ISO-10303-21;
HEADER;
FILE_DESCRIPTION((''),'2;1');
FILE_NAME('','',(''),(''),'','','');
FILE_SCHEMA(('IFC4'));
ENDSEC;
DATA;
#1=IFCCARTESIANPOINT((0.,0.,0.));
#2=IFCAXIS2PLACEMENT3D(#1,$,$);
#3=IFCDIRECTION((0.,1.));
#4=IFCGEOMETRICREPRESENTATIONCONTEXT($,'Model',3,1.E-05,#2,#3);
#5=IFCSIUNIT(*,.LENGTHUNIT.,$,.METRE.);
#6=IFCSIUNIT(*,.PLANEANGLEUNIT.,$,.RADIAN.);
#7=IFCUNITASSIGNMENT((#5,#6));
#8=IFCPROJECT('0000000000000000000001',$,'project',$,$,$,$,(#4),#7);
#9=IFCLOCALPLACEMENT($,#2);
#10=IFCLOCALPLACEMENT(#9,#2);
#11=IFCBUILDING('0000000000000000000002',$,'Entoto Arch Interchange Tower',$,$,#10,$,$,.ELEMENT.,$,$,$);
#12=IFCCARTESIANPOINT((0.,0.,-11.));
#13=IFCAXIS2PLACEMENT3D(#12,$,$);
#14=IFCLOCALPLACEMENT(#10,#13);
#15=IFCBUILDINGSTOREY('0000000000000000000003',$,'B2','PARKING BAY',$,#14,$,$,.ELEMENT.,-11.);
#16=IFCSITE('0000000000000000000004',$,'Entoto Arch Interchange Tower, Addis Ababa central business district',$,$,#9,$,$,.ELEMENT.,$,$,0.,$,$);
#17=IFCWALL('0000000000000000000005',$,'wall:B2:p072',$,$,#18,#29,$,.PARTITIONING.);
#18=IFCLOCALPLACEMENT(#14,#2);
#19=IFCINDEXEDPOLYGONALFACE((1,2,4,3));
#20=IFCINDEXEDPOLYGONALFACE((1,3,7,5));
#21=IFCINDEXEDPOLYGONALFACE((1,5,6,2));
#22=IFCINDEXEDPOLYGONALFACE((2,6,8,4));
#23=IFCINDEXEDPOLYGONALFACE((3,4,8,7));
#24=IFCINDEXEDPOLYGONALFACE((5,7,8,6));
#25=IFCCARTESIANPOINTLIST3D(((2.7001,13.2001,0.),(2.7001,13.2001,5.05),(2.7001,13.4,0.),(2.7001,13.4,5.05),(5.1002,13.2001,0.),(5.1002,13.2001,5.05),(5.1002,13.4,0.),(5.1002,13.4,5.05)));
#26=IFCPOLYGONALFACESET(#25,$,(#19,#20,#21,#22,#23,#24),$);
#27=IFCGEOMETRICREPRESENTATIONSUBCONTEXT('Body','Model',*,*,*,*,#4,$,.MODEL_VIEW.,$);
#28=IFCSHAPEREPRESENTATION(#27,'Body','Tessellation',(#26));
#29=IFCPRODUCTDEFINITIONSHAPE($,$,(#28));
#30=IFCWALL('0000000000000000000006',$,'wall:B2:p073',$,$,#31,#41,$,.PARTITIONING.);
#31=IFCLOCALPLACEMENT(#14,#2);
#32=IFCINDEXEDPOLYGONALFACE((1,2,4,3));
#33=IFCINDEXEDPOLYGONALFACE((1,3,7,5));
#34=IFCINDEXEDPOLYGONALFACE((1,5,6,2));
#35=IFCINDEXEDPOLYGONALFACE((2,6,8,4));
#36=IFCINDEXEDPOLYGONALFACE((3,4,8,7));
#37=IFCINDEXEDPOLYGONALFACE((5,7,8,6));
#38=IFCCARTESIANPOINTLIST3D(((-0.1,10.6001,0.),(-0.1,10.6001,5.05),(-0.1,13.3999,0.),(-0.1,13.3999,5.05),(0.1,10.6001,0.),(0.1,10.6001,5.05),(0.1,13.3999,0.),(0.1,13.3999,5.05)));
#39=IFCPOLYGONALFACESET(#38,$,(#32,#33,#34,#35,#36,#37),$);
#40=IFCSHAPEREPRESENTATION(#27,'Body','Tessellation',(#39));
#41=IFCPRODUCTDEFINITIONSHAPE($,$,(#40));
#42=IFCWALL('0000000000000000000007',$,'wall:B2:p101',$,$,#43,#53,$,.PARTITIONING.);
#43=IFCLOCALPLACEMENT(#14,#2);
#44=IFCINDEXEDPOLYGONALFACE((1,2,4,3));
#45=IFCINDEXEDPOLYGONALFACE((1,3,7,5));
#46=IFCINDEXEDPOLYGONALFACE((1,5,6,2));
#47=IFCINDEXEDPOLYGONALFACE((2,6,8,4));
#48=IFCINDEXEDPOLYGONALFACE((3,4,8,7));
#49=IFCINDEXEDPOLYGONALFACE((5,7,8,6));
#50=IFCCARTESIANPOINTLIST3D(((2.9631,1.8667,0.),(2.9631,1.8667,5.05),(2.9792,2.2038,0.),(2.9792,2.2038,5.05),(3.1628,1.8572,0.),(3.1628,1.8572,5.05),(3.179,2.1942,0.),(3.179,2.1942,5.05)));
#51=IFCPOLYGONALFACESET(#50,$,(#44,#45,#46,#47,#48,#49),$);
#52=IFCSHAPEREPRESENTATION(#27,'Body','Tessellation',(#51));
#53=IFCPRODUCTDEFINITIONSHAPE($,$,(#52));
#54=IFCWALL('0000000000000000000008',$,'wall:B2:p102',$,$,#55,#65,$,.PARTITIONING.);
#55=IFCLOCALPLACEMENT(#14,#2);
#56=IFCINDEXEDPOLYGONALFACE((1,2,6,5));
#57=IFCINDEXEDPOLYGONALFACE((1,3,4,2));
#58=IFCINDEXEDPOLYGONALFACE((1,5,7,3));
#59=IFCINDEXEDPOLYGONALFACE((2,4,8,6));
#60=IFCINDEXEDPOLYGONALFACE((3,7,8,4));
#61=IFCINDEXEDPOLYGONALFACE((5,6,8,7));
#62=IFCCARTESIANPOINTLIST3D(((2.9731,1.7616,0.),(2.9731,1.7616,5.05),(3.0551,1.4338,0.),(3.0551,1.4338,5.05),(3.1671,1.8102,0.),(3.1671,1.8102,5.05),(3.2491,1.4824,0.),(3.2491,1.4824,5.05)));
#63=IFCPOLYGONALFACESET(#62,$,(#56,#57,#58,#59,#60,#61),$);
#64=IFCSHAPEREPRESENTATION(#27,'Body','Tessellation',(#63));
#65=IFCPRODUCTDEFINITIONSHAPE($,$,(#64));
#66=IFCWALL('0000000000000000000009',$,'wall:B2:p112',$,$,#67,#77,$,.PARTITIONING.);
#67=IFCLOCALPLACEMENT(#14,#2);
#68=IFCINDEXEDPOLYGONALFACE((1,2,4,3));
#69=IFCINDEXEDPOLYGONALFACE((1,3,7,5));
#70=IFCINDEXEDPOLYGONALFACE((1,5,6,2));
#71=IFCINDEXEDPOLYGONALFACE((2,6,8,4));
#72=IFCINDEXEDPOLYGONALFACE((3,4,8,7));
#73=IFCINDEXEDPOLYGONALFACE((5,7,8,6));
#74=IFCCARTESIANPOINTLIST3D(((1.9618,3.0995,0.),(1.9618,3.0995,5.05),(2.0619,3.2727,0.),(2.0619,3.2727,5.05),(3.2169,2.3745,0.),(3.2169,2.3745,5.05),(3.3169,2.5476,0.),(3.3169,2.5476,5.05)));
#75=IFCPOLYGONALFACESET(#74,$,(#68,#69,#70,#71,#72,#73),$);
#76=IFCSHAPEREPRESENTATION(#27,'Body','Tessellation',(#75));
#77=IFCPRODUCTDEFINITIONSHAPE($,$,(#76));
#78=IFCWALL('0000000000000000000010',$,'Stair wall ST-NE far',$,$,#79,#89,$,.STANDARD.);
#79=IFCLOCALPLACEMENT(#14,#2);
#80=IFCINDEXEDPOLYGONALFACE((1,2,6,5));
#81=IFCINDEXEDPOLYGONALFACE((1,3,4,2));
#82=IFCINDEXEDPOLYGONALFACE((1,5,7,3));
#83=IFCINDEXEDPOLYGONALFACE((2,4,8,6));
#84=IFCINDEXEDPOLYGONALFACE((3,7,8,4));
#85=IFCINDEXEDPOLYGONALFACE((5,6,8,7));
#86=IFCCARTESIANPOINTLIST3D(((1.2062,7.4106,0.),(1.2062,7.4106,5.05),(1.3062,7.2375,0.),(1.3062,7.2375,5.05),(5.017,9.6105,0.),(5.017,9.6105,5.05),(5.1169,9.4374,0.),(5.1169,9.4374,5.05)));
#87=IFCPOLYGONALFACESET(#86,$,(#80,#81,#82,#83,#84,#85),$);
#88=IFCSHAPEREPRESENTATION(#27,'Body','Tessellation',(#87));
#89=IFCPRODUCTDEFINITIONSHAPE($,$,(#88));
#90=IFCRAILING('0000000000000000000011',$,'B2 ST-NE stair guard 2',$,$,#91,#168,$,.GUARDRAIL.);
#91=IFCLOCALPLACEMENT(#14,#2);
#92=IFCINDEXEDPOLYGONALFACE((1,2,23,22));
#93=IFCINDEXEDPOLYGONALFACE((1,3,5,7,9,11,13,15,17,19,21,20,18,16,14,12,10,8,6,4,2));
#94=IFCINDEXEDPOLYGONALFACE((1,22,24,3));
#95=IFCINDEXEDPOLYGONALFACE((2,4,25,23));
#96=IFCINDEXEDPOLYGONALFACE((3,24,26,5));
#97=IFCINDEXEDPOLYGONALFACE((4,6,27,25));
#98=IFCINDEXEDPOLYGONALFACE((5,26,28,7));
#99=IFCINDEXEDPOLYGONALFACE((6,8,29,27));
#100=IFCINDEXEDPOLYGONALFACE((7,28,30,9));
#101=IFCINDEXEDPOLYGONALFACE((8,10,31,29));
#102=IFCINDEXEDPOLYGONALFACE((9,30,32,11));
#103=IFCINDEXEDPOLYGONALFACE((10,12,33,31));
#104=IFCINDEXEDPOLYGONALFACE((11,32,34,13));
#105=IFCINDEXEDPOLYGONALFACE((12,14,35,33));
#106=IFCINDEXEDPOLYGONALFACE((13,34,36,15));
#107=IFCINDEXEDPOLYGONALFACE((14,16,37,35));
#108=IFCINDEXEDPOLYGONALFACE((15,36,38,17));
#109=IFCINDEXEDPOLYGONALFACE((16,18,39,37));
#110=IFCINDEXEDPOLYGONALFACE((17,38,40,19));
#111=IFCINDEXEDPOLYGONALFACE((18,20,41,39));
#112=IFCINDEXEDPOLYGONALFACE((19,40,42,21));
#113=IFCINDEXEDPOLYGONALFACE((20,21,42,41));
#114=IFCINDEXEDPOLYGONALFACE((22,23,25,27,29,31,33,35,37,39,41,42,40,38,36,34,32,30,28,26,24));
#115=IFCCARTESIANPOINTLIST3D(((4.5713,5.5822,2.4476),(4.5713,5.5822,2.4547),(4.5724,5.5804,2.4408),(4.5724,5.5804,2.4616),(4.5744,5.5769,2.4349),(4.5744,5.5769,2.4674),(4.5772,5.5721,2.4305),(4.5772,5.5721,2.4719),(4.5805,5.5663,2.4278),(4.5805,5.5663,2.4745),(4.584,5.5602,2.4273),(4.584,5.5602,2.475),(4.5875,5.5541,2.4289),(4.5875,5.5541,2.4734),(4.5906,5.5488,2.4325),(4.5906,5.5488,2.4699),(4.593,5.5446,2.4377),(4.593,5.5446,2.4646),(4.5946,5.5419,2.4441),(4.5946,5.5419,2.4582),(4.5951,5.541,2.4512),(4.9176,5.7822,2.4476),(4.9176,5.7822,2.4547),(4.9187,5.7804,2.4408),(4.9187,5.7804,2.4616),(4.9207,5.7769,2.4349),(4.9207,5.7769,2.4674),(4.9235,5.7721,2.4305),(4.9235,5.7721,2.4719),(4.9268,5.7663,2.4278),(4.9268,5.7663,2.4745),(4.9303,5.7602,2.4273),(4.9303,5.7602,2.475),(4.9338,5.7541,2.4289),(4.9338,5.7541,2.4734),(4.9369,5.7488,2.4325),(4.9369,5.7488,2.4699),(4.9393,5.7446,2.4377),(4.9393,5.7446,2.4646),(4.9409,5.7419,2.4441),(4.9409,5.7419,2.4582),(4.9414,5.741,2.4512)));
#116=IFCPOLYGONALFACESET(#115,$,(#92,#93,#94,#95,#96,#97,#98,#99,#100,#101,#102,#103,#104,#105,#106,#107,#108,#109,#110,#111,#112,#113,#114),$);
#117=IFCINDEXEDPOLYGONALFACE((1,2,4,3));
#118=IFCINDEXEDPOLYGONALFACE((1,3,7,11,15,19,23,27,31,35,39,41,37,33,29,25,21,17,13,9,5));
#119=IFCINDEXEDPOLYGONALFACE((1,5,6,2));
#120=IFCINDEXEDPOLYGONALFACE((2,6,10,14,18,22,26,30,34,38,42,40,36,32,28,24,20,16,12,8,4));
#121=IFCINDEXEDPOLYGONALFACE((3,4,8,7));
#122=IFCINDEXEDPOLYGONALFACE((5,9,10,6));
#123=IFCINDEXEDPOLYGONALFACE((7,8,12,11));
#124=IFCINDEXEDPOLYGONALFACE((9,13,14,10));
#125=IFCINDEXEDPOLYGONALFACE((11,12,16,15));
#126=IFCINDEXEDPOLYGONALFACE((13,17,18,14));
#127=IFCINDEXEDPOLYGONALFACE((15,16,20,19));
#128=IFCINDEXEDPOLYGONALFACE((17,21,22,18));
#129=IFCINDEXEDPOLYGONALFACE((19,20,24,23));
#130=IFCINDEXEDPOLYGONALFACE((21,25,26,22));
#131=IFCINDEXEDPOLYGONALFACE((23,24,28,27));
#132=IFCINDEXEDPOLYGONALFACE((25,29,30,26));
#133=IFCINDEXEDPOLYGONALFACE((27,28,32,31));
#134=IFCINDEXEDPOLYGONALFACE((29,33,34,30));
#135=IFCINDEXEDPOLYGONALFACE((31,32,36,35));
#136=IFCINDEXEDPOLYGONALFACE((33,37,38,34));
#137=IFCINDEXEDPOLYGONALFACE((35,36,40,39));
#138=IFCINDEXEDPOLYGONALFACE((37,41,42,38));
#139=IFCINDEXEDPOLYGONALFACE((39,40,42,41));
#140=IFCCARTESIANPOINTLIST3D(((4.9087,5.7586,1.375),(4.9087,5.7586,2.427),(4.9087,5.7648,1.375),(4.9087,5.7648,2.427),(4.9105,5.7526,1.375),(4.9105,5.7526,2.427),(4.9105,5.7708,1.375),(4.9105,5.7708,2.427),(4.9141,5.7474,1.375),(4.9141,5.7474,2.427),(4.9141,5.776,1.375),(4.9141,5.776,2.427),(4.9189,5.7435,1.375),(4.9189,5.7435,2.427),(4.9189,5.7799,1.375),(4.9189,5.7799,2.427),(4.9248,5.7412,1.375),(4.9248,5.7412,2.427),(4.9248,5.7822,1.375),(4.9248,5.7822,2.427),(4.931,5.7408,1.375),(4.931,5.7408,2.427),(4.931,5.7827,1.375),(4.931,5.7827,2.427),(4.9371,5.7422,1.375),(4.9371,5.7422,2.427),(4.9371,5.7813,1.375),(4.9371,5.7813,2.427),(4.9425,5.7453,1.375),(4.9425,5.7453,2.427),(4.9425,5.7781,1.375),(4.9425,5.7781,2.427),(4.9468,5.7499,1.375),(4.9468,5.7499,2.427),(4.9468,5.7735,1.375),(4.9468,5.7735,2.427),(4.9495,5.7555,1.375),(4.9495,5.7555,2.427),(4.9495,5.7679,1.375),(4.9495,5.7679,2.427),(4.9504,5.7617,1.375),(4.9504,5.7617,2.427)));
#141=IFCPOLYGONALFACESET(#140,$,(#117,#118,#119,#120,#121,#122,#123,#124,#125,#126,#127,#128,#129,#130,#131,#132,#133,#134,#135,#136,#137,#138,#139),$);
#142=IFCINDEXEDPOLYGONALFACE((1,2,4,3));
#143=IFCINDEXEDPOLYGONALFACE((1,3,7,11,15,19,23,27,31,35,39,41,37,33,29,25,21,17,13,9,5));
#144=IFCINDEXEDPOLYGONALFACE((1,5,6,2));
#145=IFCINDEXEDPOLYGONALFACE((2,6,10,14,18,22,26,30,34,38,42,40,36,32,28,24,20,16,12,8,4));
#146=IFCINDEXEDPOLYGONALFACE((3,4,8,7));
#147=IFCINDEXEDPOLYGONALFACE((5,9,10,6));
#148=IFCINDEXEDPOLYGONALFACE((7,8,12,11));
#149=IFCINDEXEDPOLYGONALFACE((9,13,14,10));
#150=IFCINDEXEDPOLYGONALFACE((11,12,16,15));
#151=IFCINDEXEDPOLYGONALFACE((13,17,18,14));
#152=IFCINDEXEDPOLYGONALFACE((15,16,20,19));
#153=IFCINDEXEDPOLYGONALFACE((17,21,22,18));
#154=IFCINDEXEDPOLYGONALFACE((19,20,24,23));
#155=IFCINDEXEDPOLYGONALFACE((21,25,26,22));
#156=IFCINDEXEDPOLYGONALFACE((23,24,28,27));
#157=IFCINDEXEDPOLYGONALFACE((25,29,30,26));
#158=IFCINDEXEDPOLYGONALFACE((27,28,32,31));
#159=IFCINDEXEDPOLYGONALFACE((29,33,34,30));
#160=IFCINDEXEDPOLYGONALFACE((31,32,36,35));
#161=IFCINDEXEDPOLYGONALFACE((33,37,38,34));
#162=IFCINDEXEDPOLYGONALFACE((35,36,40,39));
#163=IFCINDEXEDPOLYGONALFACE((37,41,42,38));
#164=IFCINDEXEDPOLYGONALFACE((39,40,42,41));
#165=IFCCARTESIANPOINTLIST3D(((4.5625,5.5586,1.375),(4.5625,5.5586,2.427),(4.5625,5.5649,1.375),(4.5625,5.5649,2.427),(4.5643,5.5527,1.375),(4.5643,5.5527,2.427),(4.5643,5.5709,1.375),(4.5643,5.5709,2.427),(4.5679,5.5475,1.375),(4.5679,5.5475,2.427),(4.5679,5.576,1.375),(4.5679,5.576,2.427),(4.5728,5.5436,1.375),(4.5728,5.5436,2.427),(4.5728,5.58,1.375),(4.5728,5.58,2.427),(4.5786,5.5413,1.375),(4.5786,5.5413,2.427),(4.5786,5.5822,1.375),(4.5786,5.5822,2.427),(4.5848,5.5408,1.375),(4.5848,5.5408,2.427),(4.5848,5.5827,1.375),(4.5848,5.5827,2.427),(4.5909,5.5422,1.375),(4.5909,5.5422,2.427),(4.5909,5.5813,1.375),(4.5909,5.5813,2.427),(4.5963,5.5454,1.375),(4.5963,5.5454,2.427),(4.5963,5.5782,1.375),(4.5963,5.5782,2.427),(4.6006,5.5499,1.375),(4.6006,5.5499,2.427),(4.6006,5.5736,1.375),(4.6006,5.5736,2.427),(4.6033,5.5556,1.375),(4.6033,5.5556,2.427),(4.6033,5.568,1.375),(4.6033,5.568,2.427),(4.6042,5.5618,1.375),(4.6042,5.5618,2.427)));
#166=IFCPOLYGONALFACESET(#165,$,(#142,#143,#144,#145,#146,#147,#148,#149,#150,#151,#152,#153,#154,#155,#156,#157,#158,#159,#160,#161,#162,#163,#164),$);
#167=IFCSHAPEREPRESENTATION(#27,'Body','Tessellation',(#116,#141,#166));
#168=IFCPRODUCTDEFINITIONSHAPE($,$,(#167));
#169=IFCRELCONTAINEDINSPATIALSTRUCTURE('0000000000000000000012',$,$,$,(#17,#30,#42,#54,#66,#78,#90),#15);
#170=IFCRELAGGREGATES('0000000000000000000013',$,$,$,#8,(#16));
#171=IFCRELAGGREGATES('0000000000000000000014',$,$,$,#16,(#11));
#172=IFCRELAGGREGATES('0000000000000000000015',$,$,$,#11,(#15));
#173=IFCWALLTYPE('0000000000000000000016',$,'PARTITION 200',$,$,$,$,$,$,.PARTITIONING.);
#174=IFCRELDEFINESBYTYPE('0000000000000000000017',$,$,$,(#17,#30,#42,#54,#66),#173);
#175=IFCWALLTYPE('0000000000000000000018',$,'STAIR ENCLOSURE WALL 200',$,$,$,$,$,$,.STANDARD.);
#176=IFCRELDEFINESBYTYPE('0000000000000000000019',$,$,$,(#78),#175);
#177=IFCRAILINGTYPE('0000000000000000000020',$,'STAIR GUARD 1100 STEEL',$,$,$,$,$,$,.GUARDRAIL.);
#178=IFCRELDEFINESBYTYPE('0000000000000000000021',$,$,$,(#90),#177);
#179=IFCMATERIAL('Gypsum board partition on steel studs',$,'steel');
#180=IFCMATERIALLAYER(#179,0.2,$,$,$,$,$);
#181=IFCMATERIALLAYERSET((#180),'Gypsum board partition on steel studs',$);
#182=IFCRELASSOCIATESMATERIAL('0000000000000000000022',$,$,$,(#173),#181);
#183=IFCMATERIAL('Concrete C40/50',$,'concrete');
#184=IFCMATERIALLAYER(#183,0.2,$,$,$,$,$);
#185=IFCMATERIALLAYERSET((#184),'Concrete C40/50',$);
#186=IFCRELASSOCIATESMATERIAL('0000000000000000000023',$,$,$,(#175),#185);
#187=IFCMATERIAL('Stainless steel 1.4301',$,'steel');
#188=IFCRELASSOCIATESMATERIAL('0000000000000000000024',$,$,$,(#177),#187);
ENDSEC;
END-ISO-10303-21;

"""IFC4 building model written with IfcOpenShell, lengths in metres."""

from ifc_helpers import new_model, si_unit, direction, frame, frame_2d, origin, origin_2d, place, context, subcontext, project, spatial, rectangle, circle, extrude, material, layer, layer_set, type_object, element, save


model = new_model("IFC4")

# Units and contexts
model_context = context("Model", 3, precision=1e-05, world=origin(), true_north=direction((0.0, 1.0)))
body_context = subcontext(model_context, "Body", "Model", "MODEL_VIEW")
ifc_project = project(units=[si_unit("LENGTHUNIT", "METRE"), si_unit("PLANEANGLEUNIT", "RADIAN")], contexts=[model_context])

# Site, building, storey
site_placement = place(None, origin())
site = spatial("IfcSite", under=ifc_project, at=site_placement, Name="Entoto Arch Interchange Tower, Addis Ababa central business district", CompositionType="ELEMENT", RefElevation=0.0)
building_placement = place(site_placement, origin())
building = spatial("IfcBuilding", under=site, at=building_placement, Name="Entoto Arch Interchange Tower", CompositionType="ELEMENT")
storey_placement = place(building_placement, frame((0.0, 0.0, -11.0)))
storey = spatial("IfcBuildingStorey", under=building, at=storey_placement, Name="B2", Description="PARKING BAY", CompositionType="ELEMENT", Elevation=-11.0)

# Shared definitions
ifc_material_1 = material(Name="Gypsum board partition on steel studs", Category="steel")
ifc_layer_1 = layer(ifc_material_1, 0.2)
ifc_layer_set_1 = layer_set([ifc_layer_1], Name="Gypsum board partition on steel studs")
wall_type_1 = type_object("IfcWallType", Name="PARTITION 200", PredefinedType="PARTITIONING", material=ifc_layer_set_1)

# Walls
wall_1_placement = place(storey_placement, frame((2.7, 13.3, 0.0), z_axis=(0.0, 0.0, 1.0), x_axis=(1.0, 0.0, 0.0)))
element("IfcWall", 1, at=wall_1_placement, inside=storey, type_object=wall_type_1, Name="wall:B2:p072", PredefinedType="PARTITIONING", context=body_context, shape_type="SweptSolid", body=[
    extrude(rectangle(XDim=2.4001, YDim=0.2, at=frame_2d((1.2002, 0.0))), origin(), (0.0, 0.0, 1.0), 5.05),
])
wall_2_placement = place(storey_placement, frame((0.0, 13.3999, 0.0), z_axis=(0.0, 0.0, 1.0), x_axis=(0.0, -1.0, 0.0)))
element("IfcWall", 2, at=wall_2_placement, inside=storey, type_object=wall_type_1, Name="wall:B2:p073", PredefinedType="PARTITIONING", context=body_context, shape_type="SweptSolid", body=[
    extrude(rectangle(XDim=2.7998, YDim=0.2, at=frame_2d((1.3999, 0.0))), origin(), (0.0, 0.0, 1.0), 5.05),
])
wall_3_placement = place(storey_placement, frame((3.0791, 2.199, 0.0), z_axis=(0.0, 0.0, 1.0), x_axis=(-0.047771, -0.998858, 0.0)))
element("IfcWall", 3, at=wall_3_placement, inside=storey, type_object=wall_type_1, Name="wall:B2:p101", PredefinedType="PARTITIONING", context=body_context, shape_type="SweptSolid", body=[
    extrude(rectangle(XDim=0.3374, YDim=0.2, at=frame_2d((0.1687, 0.0))), origin(), (0.0, 0.0, 1.0), 5.05),
])
wall_4_placement = place(storey_placement, frame((3.0701, 1.7859, 0.0), z_axis=(0.0, 0.0, 1.0), x_axis=(0.242706, -0.9701, 0.0)))
element("IfcWall", 4, at=wall_4_placement, inside=storey, type_object=wall_type_1, Name="wall:B2:p102", PredefinedType="PARTITIONING", context=body_context, shape_type="SweptSolid", body=[
    extrude(rectangle(XDim=0.3379, YDim=0.2, at=frame_2d((0.1689, 0.0))), origin(), (0.0, 0.0, 1.0), 5.05),
])
wall_5_placement = place(storey_placement, frame((2.012, 3.186, 0.0), z_axis=(0.0, 0.0, 1.0), x_axis=(0.865891, -0.500233, 0.0)))
element("IfcWall", 5, at=wall_5_placement, inside=storey, type_object=wall_type_1, Name="wall:B2:p112", PredefinedType="PARTITIONING", context=body_context, shape_type="SweptSolid", body=[
    extrude(rectangle(XDim=1.4495, YDim=0.2, at=frame_2d((0.7246, 0.0))), origin(), (0.0, 0.0, 1.0), 5.05),
])
ifc_material_2 = material(Name="Concrete C40/50", Category="concrete")
ifc_layer_2 = layer(ifc_material_2, 0.2)
ifc_layer_set_2 = layer_set([ifc_layer_2], Name="Concrete C40/50")
wall_type_2 = type_object("IfcWallType", Name="STAIR ENCLOSURE WALL 200", PredefinedType="STANDARD", material=ifc_layer_set_2)
wall_6_placement = place(storey_placement, frame((1.2561, 7.324, 0.0), z_axis=(0.0, 0.0, 1.0), x_axis=(0.866046, 0.499964, 0.0)))
element("IfcWall", 6, at=wall_6_placement, inside=storey, type_object=wall_type_2, Name="Stair wall ST-NE far", PredefinedType="STANDARD", context=body_context, shape_type="SweptSolid", body=[
    extrude(rectangle(XDim=4.4001, YDim=0.2, at=frame_2d((2.2002, 0.0))), origin(), (0.0, 0.0, 1.0), 5.05),
])

# Railing
ifc_material_3 = material(Name="Stainless steel 1.4301", Category="steel")
railing_type_1 = type_object("IfcRailingType", Name="STAIR GUARD 1100 STEEL", PredefinedType="GUARDRAIL", material=ifc_material_3)
railing_1_placement = place(storey_placement, frame((4.9294, 5.7617, 1.375)))
element("IfcRailing", 7, at=railing_1_placement, inside=storey, type_object=railing_type_1, Name="B2 ST-NE stair guard 2", PredefinedType="GUARDRAIL", context=body_context, shape_type="SweptSolid", body=[
    extrude(circle(Radius=0.0239, at=origin_2d()), frame((0.0, 0.0, 1.0762), z_axis=(-0.865941, -0.500145, 0.0), x_axis=(0.500145, -0.865941, 0.0)), (0.0, 0.0, 1.0), 0.3999),
    extrude(circle(Radius=0.021, at=origin_2d()), origin(), (0.0, 0.0, 1.0), 1.052),
    extrude(circle(Radius=0.021, at=origin_2d()), frame((-0.3462, -0.2, 0.0)), (0.0, 0.0, 1.0), 1.052),
])

save(model, "model.ifc")
